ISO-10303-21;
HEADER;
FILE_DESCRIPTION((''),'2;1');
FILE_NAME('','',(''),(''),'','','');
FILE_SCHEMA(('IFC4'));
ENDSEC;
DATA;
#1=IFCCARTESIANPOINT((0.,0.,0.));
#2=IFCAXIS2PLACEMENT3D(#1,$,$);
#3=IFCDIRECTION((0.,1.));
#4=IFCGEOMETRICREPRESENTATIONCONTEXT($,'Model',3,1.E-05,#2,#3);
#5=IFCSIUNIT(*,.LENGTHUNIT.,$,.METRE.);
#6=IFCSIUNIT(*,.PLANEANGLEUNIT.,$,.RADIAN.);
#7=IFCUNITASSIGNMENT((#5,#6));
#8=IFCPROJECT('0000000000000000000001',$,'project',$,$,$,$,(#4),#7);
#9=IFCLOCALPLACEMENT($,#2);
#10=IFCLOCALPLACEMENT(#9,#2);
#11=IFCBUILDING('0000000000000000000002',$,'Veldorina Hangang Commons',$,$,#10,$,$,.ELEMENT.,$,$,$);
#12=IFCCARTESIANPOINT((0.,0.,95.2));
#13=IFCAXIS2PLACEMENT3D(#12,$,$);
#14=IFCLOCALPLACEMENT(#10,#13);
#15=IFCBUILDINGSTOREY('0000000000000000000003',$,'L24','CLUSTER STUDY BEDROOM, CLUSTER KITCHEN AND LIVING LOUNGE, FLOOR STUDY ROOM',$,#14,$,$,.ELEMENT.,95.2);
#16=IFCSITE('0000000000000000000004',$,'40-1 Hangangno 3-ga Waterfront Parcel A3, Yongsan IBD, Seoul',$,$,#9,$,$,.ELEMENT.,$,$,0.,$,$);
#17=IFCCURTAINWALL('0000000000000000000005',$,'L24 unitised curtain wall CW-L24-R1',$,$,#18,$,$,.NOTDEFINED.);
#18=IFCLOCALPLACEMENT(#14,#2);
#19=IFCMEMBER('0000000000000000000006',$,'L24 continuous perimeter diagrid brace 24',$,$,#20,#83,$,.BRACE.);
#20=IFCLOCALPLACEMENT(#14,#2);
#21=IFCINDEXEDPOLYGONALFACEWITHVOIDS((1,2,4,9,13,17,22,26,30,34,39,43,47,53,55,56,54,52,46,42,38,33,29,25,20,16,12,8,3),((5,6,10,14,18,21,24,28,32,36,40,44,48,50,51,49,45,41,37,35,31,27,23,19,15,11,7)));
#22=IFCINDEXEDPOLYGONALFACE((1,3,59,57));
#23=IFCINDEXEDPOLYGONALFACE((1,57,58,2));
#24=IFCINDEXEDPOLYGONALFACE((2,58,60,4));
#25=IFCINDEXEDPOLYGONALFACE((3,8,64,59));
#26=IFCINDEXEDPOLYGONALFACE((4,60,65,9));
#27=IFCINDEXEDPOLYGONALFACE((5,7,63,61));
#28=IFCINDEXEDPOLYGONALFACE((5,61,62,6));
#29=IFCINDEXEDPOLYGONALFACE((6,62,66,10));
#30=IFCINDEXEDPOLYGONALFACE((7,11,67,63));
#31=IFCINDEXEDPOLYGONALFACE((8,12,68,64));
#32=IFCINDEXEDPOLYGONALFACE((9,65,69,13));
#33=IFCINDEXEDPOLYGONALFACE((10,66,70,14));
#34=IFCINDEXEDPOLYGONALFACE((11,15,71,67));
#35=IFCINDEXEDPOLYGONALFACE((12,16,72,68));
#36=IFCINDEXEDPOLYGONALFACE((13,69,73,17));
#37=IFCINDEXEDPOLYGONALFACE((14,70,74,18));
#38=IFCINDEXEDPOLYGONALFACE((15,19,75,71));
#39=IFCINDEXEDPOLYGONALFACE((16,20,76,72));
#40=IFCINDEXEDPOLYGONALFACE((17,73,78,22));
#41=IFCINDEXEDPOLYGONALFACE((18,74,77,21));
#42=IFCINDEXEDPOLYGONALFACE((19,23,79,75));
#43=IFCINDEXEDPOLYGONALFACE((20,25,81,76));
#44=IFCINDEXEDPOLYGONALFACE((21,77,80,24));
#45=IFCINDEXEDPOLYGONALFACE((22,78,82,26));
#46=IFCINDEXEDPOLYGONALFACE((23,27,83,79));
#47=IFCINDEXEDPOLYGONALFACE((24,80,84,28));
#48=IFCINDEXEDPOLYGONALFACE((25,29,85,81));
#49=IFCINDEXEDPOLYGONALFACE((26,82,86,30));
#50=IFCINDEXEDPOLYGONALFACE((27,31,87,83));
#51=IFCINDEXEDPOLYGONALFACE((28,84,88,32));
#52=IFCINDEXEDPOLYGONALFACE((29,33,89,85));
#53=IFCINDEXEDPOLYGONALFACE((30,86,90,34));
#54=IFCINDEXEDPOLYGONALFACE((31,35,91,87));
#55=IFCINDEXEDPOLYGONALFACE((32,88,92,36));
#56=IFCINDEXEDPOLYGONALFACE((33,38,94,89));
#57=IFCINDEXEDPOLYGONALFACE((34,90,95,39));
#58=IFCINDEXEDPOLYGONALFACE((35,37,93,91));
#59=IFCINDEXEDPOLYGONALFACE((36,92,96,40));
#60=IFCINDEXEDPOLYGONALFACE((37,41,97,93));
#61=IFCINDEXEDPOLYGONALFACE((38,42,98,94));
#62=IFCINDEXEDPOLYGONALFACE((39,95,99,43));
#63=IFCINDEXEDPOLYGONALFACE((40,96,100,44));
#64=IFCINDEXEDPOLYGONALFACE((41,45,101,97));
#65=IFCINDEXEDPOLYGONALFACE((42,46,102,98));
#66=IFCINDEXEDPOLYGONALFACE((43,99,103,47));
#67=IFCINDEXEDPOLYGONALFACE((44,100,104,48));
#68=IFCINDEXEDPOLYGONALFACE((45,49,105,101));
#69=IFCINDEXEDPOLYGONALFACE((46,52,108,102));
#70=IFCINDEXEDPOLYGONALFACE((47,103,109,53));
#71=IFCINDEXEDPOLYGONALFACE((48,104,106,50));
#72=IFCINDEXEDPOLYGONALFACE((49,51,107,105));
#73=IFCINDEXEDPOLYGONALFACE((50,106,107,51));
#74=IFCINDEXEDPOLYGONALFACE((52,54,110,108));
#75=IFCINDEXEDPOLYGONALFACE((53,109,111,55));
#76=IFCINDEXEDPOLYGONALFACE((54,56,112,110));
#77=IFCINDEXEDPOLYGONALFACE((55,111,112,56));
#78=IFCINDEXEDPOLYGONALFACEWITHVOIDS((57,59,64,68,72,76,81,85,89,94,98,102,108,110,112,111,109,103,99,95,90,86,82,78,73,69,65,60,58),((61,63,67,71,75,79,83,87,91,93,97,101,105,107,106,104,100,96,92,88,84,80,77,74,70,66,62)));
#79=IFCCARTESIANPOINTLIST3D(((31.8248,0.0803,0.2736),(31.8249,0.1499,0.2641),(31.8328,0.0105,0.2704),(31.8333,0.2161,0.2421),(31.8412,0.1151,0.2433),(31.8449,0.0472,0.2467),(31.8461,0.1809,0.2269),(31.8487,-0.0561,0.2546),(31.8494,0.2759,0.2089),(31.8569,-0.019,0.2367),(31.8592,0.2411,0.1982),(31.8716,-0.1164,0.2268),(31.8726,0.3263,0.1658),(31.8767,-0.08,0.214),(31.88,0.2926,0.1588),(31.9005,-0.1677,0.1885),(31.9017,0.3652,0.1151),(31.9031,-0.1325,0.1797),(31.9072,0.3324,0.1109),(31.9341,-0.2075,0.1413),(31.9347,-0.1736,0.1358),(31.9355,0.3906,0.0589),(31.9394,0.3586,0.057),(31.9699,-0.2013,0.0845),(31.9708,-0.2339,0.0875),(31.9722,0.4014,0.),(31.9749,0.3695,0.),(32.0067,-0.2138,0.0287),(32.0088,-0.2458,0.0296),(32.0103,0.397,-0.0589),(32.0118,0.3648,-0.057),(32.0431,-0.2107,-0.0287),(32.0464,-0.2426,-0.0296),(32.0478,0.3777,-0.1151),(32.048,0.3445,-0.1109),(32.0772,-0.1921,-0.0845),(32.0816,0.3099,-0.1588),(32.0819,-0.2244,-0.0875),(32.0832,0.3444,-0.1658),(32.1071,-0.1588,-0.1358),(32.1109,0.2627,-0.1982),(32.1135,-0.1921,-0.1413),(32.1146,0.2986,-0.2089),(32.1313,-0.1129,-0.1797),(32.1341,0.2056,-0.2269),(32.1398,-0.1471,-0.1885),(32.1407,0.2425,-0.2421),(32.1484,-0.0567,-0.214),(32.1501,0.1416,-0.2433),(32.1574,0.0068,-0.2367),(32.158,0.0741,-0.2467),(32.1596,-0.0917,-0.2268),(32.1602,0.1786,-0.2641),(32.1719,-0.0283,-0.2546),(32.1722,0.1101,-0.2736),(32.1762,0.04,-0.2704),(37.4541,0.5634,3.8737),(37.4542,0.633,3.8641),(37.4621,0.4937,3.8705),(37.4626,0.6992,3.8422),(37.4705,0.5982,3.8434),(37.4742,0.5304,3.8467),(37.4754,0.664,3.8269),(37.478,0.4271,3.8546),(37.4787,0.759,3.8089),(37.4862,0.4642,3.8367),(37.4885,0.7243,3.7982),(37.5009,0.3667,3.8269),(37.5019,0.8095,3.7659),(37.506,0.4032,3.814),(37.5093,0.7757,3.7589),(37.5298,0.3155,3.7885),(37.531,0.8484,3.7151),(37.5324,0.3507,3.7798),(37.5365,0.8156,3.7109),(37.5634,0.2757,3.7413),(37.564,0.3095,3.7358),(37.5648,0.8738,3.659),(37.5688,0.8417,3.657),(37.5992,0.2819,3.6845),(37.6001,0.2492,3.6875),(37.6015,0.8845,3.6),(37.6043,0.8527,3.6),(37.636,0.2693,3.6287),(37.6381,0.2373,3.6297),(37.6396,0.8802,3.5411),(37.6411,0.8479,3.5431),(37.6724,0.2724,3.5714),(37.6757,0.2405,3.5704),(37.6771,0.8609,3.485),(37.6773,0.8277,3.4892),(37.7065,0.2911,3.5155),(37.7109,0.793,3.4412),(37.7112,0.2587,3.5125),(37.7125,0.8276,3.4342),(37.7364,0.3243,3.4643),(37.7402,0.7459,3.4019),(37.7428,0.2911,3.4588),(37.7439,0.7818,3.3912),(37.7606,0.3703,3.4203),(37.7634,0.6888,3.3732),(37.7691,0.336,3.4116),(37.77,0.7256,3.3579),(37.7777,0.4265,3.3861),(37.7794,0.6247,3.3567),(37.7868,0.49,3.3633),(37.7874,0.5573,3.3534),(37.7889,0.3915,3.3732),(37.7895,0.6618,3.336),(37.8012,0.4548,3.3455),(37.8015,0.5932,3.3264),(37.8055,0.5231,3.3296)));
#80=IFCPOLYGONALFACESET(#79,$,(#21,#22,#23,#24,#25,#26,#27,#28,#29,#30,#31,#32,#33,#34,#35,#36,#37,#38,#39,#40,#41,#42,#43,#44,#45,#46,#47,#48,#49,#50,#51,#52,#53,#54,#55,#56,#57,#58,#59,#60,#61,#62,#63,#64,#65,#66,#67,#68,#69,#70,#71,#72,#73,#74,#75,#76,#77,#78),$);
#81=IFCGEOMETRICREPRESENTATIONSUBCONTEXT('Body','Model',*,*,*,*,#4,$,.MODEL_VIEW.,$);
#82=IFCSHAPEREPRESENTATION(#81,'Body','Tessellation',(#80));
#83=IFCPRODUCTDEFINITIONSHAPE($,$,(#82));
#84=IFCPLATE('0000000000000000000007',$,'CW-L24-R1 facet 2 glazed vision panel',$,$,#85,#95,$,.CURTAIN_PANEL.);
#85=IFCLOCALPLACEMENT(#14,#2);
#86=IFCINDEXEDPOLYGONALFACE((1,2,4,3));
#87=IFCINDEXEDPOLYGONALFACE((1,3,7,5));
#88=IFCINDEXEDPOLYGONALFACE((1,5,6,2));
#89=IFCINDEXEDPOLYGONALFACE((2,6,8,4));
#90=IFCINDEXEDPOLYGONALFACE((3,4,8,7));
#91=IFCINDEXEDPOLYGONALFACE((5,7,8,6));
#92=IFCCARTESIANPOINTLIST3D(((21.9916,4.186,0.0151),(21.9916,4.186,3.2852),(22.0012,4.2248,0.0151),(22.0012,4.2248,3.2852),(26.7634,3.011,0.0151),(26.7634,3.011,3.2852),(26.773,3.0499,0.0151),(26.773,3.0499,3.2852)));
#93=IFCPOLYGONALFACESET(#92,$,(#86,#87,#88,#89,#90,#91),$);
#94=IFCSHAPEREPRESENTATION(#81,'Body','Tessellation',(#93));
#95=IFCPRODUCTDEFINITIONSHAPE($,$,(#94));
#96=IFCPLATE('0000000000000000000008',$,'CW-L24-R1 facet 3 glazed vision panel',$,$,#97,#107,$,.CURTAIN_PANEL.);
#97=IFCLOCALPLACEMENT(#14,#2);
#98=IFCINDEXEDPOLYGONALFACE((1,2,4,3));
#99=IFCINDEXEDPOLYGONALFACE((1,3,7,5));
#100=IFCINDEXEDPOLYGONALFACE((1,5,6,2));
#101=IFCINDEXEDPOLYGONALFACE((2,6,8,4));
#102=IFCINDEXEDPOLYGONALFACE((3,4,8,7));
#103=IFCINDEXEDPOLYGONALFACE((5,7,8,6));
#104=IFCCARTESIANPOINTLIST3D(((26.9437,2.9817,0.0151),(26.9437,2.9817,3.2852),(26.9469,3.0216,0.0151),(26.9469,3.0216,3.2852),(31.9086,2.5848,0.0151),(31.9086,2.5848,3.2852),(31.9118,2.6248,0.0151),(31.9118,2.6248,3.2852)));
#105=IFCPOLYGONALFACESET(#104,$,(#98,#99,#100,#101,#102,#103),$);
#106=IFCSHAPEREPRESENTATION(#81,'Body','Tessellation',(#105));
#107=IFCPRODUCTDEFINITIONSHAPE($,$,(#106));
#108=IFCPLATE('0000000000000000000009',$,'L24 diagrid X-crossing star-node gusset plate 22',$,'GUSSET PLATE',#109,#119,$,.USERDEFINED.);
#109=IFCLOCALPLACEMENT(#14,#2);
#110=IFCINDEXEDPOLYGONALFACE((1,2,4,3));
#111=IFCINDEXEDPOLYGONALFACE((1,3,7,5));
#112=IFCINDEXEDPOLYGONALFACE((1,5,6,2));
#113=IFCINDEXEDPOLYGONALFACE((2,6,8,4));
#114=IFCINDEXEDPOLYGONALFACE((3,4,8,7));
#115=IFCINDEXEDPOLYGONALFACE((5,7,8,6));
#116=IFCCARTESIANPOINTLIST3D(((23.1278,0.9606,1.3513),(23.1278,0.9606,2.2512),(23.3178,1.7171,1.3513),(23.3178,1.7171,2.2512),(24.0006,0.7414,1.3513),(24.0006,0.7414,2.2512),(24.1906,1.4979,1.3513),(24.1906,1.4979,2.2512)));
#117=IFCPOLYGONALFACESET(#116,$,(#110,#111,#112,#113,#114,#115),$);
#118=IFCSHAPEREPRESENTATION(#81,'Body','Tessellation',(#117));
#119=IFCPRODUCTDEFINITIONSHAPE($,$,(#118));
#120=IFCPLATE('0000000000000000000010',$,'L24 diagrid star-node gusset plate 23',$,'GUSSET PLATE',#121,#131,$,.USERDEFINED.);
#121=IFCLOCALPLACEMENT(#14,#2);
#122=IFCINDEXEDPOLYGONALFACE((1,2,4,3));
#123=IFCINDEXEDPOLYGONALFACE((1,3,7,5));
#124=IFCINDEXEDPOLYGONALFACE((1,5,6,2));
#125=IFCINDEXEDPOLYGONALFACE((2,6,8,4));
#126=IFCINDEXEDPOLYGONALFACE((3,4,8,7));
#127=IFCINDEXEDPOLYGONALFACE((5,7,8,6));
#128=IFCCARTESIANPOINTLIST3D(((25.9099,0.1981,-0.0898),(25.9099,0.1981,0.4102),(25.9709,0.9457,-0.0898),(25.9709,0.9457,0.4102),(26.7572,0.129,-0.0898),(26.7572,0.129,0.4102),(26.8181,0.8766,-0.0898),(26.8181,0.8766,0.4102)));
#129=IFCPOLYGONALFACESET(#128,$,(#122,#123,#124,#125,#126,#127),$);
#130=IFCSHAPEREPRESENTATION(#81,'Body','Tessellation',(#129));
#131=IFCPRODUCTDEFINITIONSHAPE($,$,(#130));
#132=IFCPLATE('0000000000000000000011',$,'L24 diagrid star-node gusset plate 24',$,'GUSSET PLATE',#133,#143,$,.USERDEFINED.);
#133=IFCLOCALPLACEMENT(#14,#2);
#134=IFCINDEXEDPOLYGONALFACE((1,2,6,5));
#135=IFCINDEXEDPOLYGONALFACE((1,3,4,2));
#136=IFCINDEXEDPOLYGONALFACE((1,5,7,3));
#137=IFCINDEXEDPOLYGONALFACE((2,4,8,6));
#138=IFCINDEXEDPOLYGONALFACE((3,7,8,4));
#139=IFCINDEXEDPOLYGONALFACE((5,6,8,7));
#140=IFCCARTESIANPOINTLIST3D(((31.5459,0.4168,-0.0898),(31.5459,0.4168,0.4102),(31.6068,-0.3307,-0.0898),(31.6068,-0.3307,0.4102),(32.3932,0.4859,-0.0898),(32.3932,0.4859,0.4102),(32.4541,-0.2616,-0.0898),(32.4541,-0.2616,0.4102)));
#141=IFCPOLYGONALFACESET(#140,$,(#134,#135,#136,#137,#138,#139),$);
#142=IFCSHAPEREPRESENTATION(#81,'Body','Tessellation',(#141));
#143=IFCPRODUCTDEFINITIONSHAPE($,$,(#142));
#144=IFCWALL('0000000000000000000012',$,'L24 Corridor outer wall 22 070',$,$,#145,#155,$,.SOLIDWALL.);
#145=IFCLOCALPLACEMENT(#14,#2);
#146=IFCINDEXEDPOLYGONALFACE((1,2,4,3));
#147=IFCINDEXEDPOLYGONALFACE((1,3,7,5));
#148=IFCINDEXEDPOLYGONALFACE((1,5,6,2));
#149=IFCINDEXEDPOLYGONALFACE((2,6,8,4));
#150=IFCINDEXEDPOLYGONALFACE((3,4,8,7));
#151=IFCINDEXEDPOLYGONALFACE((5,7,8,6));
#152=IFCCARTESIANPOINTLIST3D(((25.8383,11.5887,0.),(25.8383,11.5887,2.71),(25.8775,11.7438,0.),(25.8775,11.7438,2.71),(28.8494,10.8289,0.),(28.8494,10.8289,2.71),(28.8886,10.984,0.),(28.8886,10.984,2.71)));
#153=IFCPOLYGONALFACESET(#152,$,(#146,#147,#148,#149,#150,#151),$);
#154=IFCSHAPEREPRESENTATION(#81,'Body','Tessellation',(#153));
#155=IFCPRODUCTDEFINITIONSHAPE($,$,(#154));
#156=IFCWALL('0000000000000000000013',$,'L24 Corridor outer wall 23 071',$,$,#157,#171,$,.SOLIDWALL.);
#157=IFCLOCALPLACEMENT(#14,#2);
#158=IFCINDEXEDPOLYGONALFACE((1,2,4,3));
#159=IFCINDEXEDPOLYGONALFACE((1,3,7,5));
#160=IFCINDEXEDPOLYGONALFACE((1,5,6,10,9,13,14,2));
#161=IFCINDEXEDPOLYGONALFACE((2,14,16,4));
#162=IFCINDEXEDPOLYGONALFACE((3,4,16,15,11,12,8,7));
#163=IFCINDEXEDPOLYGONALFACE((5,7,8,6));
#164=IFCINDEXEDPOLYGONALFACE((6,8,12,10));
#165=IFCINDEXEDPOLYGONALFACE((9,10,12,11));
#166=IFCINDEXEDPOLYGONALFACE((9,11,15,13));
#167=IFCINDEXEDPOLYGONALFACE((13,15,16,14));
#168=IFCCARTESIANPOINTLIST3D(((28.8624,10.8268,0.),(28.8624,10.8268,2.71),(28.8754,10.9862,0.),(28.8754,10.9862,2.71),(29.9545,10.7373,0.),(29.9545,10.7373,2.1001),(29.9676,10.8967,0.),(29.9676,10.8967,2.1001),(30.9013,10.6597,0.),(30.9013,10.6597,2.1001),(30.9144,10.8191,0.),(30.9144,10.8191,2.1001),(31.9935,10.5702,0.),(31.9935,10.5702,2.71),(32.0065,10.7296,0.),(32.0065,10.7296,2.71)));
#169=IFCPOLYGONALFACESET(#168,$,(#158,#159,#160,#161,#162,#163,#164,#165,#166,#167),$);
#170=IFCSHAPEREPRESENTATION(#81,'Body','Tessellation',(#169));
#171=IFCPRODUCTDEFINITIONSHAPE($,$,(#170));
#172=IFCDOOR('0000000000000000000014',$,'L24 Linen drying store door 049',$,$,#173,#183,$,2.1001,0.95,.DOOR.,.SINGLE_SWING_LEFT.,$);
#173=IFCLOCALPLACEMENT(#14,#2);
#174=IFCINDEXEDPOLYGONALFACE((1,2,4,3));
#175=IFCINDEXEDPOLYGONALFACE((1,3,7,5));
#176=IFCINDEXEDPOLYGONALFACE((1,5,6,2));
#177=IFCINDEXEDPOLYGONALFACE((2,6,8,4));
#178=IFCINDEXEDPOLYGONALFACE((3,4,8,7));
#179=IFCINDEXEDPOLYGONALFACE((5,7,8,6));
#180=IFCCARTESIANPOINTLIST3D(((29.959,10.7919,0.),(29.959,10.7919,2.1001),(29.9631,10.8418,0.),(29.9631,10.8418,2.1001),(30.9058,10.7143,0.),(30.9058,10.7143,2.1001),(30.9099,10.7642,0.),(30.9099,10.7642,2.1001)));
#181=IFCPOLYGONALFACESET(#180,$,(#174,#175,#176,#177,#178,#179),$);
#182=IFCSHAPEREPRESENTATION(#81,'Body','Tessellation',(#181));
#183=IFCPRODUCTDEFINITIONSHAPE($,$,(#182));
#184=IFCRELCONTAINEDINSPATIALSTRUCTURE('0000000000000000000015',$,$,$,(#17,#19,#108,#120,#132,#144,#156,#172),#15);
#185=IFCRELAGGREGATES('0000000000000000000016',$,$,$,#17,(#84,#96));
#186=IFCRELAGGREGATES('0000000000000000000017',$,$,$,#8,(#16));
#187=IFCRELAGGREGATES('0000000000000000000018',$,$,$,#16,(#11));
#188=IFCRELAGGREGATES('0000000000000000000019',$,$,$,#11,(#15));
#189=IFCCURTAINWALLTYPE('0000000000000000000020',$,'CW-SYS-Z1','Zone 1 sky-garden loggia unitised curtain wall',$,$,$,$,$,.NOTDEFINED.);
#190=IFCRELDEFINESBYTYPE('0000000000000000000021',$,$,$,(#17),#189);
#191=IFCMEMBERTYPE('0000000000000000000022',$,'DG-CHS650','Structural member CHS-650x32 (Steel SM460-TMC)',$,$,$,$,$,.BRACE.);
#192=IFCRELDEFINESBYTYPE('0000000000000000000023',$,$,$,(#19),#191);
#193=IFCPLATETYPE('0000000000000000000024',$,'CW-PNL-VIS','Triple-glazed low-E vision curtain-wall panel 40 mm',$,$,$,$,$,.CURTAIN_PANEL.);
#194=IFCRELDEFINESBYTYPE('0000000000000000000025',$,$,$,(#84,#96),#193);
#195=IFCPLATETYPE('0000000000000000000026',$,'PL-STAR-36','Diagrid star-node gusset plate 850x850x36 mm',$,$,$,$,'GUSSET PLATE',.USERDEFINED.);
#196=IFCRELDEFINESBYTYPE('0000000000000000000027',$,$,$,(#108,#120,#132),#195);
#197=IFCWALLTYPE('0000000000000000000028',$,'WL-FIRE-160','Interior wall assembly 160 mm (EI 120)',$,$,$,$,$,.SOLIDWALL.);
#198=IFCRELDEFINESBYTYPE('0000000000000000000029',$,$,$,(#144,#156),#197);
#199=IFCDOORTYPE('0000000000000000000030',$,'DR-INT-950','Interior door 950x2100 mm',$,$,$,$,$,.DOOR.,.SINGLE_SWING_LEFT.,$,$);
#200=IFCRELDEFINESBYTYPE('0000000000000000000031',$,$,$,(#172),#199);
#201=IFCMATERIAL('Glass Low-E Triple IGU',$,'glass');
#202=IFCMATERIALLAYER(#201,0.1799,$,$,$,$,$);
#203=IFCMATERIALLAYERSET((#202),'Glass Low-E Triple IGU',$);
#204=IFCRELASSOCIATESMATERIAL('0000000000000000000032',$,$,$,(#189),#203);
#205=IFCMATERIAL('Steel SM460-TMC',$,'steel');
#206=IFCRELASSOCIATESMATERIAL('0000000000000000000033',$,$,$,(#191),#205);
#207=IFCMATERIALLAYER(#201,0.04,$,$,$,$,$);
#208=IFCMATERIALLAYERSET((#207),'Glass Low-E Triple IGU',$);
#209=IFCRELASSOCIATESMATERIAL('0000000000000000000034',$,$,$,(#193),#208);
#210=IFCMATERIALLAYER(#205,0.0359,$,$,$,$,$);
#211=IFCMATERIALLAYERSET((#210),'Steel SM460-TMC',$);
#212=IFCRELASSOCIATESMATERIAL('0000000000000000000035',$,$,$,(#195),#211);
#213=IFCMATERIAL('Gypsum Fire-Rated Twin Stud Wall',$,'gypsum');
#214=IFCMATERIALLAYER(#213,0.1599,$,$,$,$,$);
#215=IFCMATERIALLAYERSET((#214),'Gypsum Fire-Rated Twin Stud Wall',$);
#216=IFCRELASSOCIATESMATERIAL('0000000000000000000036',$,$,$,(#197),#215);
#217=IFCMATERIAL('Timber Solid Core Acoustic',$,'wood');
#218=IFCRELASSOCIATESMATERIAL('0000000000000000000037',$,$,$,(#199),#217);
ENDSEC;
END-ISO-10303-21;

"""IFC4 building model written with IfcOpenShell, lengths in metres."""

from ifc_helpers import new_model, si_unit, direction, frame, frame_2d, origin, origin_2d, place, context, subcontext, project, spatial, rectangle, hollow_circle, extrude, material, layer, layer_set, material_profile, profile_set, type_object, element, fill, aggregate, save


model = new_model("IFC4")

# Units and contexts
model_context = context("Model", 3, precision=1e-05, world=origin(), true_north=direction((0.0, 1.0)))
body_context = subcontext(model_context, "Body", "Model", "MODEL_VIEW")
ifc_project = project(units=[si_unit("LENGTHUNIT", "METRE"), si_unit("PLANEANGLEUNIT", "RADIAN")], contexts=[model_context])

# Site, building, storey
site_placement = place(None, origin())
site = spatial("IfcSite", under=ifc_project, at=site_placement, Name="40-1 Hangangno 3-ga Waterfront Parcel A3, Yongsan IBD, Seoul", CompositionType="ELEMENT", RefElevation=0.0)
building_placement = place(site_placement, origin())
building = spatial("IfcBuilding", under=site, at=building_placement, Name="Veldorina Hangang Commons", CompositionType="ELEMENT")
storey_placement = place(building_placement, frame((0.0, 0.0, 95.2)))
storey = spatial("IfcBuildingStorey", under=building, at=storey_placement, Name="L24", Description="CLUSTER STUDY BEDROOM, CLUSTER KITCHEN AND LIVING LOUNGE, FLOOR STUDY ROOM", CompositionType="ELEMENT", Elevation=95.2)

# Curtain wall
ifc_material_1 = material(Name="Glass Low-E Triple IGU", Category="glass")
ifc_layer_1 = layer(ifc_material_1, 0.1799)
ifc_layer_set_1 = layer_set([ifc_layer_1], Name="Glass Low-E Triple IGU")
curtain_wall_type = type_object("IfcCurtainWallType", Name="CW-SYS-Z1", Description="Zone 1 sky-garden loggia unitised curtain wall", PredefinedType="NOTDEFINED", material=ifc_layer_set_1)
curtain_wall_placement = place(storey_placement, origin())
curtain_wall = element("IfcCurtainWall", 1, at=curtain_wall_placement, inside=storey, type_object=curtain_wall_type, Name="L24 unitised curtain wall CW-L24-R1", PredefinedType="NOTDEFINED")

# Member
ifc_material_2 = material(Name="Steel SM460-TMC", Category="steel")
ifc_material_profile_1 = material_profile(ifc_material_2, hollow_circle(Radius=0.325, WallThickness=0.032, at=origin_2d()), Name="CHS-650x32")
ifc_profile_set_1 = profile_set([ifc_material_profile_1], Name="Steel SM460-TMC")
member_type_1 = type_object("IfcMemberType", Name="DG-CHS650", Description="Structural member CHS-650x32 (Steel SM460-TMC)", PredefinedType="BRACE", material=ifc_profile_set_1)
member_1_placement = place(storey_placement, frame((32.0, 0.0776, 0.0), z_axis=(0.840262, 0.072117, 0.537363), x_axis=(-0.085513, 0.996337, 0.0)))
element("IfcMember", 2, at=member_1_placement, inside=storey, type_object=member_type_1, Name="L24 continuous perimeter diagrid brace 24", PredefinedType="BRACE", context=body_context, shape_type="SweptSolid", body=[
    extrude(hollow_circle(Radius=0.325, WallThickness=0.032, at=origin_2d()), origin(), (0.0, 0.0, 1.0), 6.6995),
])

# Plates
ifc_layer_2 = layer(ifc_material_1, 0.04)
ifc_layer_set_2 = layer_set([ifc_layer_2], Name="Glass Low-E Triple IGU")
plate_type_1 = type_object("IfcPlateType", Name="CW-PNL-VIS", Description="Triple-glazed low-E vision curtain-wall panel 40 mm", PredefinedType="CURTAIN_PANEL", material=ifc_layer_set_2)
plate_1_placement = place(storey_placement, frame((24.3823, 3.6179, 0.0151), z_axis=(0.0, 0.0, 1.0), x_axis=(0.970997, -0.239093, 0.0)))
plate_1 = element("IfcPlate", 3, at=plate_1_placement, type_object=plate_type_1, Name="CW-L24-R1 facet 2 glazed vision panel", PredefinedType="CURTAIN_PANEL", context=body_context, shape_type="SweptSolid", body=[
    extrude(rectangle(XDim=4.9143, YDim=0.04, at=origin_2d()), origin(), (0.0, 0.0, 1.0), 3.27),
])
plate_2_placement = place(storey_placement, frame((29.4277, 2.8032, 0.0151), z_axis=(0.0, 0.0, 1.0), x_axis=(0.996821, -0.079677, 0.0)))
plate_2 = element("IfcPlate", 4, at=plate_2_placement, type_object=plate_type_1, Name="CW-L24-R1 facet 3 glazed vision panel", PredefinedType="CURTAIN_PANEL", context=body_context, shape_type="SweptSolid", body=[
    extrude(rectangle(XDim=4.9807, YDim=0.04, at=origin_2d()), origin(), (0.0, 0.0, 1.0), 3.27),
])
aggregate(curtain_wall, [plate_1, plate_2])

# Plates
ifc_layer_3 = layer(ifc_material_2, 0.0359)
ifc_layer_set_3 = layer_set([ifc_layer_3], Name="Steel SM460-TMC")
plate_type_2 = type_object("IfcPlateType", Name="PL-STAR-36", Description="Diagrid star-node gusset plate 850x850x36 mm", ElementType="GUSSET PLATE", PredefinedType="USERDEFINED", material=ifc_layer_set_3)
plate_3_placement = place(storey_placement, frame((23.6592, 1.2292, 1.3513), z_axis=(0.0, 0.0, 1.0), x_axis=(0.969872, -0.243615, 0.0)))
element("IfcPlate", 5, at=plate_3_placement, inside=storey, type_object=plate_type_2, Name="L24 diagrid X-crossing star-node gusset plate 22", ObjectType="GUSSET PLATE", PredefinedType="USERDEFINED", context=body_context, shape_type="SweptSolid", body=[
    extrude(rectangle(XDim=0.8999, YDim=0.78, at=origin_2d()), origin(), (0.0, 0.0, 1.0), 0.8999),
])
for number, where, z_axis, x_axis, name in (
    (6, (26.364, 0.5374, -0.0898), (0.0, 0.0, 1.0), (0.99669, -0.081295, 0.0), "L24 diagrid star-node gusset plate 23"),
    (7, (32.0, 0.0776, -0.0898), (0.0, 0.0, 1.0), (0.99669, 0.081295, 0.0), "L24 diagrid star-node gusset plate 24"),
):
    element("IfcPlate", number, at=place(storey_placement, frame(where, z_axis=z_axis, x_axis=x_axis)), inside=storey, type_object=plate_type_2, Name=name, ObjectType="GUSSET PLATE", PredefinedType="USERDEFINED", context=body_context, shape_type="SweptSolid", body=[
        extrude(rectangle(XDim=0.8501, YDim=0.75, at=origin_2d()), origin(), (0.0, 0.0, 1.0), 0.5),
    ])

# Wall
ifc_material_3 = material(Name="Gypsum Fire-Rated Twin Stud Wall", Category="gypsum")
ifc_layer_4 = layer(ifc_material_3, 0.1599)
ifc_layer_set_4 = layer_set([ifc_layer_4], Name="Gypsum Fire-Rated Twin Stud Wall")
wall_type_1 = type_object("IfcWallType", Name="WL-FIRE-160", Description="Interior wall assembly 160 mm (EI 120)", PredefinedType="SOLIDWALL", material=ifc_layer_set_4)
wall_1_placement = place(storey_placement, frame((25.8579, 11.6663, 0.0), z_axis=(0.0, 0.0, 1.0), x_axis=(0.969608, -0.244662, 0.0)))
element("IfcWall", 8, at=wall_1_placement, inside=storey, type_object=wall_type_1, Name="L24 Corridor outer wall 22 070", PredefinedType="SOLIDWALL", context=body_context, shape_type="SweptSolid", body=[
    extrude(rectangle(XDim=3.1055, YDim=0.1599, at=frame_2d((1.5527, 0.0))), origin(), (0.0, 0.0, 1.0), 2.71),
])

# Wall, opening, door
wall_2_placement = place(storey_placement, frame((28.8689, 10.9065, 0.0), z_axis=(0.0, 0.0, 1.0), x_axis=(0.996659, -0.081676, 0.0)))
wall_2 = element("IfcWall", 9, at=wall_2_placement, inside=storey, type_object=wall_type_1, Name="L24 Corridor outer wall 23 071", PredefinedType="SOLIDWALL", context=body_context, shape_type="SweptSolid", body=[
    extrude(rectangle(XDim=3.1416, YDim=0.1599, at=frame_2d((1.5708, 0.0))), origin(), (0.0, 0.0, 1.0), 2.71),
])
opening_1_placement = place(wall_2_placement, frame((1.0957, 0.0, 0.0)))
opening_1 = element("IfcOpeningElement", 10, at=opening_1_placement, cuts=wall_2, PredefinedType="OPENING", context=body_context, shape_type="SweptSolid", body=[
    extrude(rectangle(XDim=0.95, YDim=2.1001, at=frame_2d((0.4751, 1.05))), frame((0.0, 0.0898, 0.0), z_axis=(0.0, -1.0, 0.0), x_axis=(1.0, 0.0, 0.0)), (0.0, 0.0, 1.0), 0.1799),
])
ifc_material_4 = material(Name="Timber Solid Core Acoustic", Category="wood")
door_type = type_object("IfcDoorType", Name="DR-INT-950", Description="Interior door 950x2100 mm", OperationType="SINGLE_SWING_LEFT", PredefinedType="DOOR", material=ifc_material_4)
door_1_placement = place(opening_1_placement, origin())
door_1 = element("IfcDoor", 11, at=door_1_placement, inside=storey, type_object=door_type, Name="L24 Linen drying store door 049", OperationType="SINGLE_SWING_LEFT", OverallHeight=2.1001, OverallWidth=0.95, PredefinedType="DOOR", context=body_context, shape_type="SweptSolid", body=[
    extrude(rectangle(XDim=0.95, YDim=2.1001, at=frame_2d((0.4751, 1.05))), frame((0.0, 0.0249, 0.0), z_axis=(0.0, -1.0, 0.0), x_axis=(1.0, 0.0, 0.0)), (0.0, 0.0, 1.0), 0.05),
])
fill(opening_1, door_1)

save(model, "model.ifc")
